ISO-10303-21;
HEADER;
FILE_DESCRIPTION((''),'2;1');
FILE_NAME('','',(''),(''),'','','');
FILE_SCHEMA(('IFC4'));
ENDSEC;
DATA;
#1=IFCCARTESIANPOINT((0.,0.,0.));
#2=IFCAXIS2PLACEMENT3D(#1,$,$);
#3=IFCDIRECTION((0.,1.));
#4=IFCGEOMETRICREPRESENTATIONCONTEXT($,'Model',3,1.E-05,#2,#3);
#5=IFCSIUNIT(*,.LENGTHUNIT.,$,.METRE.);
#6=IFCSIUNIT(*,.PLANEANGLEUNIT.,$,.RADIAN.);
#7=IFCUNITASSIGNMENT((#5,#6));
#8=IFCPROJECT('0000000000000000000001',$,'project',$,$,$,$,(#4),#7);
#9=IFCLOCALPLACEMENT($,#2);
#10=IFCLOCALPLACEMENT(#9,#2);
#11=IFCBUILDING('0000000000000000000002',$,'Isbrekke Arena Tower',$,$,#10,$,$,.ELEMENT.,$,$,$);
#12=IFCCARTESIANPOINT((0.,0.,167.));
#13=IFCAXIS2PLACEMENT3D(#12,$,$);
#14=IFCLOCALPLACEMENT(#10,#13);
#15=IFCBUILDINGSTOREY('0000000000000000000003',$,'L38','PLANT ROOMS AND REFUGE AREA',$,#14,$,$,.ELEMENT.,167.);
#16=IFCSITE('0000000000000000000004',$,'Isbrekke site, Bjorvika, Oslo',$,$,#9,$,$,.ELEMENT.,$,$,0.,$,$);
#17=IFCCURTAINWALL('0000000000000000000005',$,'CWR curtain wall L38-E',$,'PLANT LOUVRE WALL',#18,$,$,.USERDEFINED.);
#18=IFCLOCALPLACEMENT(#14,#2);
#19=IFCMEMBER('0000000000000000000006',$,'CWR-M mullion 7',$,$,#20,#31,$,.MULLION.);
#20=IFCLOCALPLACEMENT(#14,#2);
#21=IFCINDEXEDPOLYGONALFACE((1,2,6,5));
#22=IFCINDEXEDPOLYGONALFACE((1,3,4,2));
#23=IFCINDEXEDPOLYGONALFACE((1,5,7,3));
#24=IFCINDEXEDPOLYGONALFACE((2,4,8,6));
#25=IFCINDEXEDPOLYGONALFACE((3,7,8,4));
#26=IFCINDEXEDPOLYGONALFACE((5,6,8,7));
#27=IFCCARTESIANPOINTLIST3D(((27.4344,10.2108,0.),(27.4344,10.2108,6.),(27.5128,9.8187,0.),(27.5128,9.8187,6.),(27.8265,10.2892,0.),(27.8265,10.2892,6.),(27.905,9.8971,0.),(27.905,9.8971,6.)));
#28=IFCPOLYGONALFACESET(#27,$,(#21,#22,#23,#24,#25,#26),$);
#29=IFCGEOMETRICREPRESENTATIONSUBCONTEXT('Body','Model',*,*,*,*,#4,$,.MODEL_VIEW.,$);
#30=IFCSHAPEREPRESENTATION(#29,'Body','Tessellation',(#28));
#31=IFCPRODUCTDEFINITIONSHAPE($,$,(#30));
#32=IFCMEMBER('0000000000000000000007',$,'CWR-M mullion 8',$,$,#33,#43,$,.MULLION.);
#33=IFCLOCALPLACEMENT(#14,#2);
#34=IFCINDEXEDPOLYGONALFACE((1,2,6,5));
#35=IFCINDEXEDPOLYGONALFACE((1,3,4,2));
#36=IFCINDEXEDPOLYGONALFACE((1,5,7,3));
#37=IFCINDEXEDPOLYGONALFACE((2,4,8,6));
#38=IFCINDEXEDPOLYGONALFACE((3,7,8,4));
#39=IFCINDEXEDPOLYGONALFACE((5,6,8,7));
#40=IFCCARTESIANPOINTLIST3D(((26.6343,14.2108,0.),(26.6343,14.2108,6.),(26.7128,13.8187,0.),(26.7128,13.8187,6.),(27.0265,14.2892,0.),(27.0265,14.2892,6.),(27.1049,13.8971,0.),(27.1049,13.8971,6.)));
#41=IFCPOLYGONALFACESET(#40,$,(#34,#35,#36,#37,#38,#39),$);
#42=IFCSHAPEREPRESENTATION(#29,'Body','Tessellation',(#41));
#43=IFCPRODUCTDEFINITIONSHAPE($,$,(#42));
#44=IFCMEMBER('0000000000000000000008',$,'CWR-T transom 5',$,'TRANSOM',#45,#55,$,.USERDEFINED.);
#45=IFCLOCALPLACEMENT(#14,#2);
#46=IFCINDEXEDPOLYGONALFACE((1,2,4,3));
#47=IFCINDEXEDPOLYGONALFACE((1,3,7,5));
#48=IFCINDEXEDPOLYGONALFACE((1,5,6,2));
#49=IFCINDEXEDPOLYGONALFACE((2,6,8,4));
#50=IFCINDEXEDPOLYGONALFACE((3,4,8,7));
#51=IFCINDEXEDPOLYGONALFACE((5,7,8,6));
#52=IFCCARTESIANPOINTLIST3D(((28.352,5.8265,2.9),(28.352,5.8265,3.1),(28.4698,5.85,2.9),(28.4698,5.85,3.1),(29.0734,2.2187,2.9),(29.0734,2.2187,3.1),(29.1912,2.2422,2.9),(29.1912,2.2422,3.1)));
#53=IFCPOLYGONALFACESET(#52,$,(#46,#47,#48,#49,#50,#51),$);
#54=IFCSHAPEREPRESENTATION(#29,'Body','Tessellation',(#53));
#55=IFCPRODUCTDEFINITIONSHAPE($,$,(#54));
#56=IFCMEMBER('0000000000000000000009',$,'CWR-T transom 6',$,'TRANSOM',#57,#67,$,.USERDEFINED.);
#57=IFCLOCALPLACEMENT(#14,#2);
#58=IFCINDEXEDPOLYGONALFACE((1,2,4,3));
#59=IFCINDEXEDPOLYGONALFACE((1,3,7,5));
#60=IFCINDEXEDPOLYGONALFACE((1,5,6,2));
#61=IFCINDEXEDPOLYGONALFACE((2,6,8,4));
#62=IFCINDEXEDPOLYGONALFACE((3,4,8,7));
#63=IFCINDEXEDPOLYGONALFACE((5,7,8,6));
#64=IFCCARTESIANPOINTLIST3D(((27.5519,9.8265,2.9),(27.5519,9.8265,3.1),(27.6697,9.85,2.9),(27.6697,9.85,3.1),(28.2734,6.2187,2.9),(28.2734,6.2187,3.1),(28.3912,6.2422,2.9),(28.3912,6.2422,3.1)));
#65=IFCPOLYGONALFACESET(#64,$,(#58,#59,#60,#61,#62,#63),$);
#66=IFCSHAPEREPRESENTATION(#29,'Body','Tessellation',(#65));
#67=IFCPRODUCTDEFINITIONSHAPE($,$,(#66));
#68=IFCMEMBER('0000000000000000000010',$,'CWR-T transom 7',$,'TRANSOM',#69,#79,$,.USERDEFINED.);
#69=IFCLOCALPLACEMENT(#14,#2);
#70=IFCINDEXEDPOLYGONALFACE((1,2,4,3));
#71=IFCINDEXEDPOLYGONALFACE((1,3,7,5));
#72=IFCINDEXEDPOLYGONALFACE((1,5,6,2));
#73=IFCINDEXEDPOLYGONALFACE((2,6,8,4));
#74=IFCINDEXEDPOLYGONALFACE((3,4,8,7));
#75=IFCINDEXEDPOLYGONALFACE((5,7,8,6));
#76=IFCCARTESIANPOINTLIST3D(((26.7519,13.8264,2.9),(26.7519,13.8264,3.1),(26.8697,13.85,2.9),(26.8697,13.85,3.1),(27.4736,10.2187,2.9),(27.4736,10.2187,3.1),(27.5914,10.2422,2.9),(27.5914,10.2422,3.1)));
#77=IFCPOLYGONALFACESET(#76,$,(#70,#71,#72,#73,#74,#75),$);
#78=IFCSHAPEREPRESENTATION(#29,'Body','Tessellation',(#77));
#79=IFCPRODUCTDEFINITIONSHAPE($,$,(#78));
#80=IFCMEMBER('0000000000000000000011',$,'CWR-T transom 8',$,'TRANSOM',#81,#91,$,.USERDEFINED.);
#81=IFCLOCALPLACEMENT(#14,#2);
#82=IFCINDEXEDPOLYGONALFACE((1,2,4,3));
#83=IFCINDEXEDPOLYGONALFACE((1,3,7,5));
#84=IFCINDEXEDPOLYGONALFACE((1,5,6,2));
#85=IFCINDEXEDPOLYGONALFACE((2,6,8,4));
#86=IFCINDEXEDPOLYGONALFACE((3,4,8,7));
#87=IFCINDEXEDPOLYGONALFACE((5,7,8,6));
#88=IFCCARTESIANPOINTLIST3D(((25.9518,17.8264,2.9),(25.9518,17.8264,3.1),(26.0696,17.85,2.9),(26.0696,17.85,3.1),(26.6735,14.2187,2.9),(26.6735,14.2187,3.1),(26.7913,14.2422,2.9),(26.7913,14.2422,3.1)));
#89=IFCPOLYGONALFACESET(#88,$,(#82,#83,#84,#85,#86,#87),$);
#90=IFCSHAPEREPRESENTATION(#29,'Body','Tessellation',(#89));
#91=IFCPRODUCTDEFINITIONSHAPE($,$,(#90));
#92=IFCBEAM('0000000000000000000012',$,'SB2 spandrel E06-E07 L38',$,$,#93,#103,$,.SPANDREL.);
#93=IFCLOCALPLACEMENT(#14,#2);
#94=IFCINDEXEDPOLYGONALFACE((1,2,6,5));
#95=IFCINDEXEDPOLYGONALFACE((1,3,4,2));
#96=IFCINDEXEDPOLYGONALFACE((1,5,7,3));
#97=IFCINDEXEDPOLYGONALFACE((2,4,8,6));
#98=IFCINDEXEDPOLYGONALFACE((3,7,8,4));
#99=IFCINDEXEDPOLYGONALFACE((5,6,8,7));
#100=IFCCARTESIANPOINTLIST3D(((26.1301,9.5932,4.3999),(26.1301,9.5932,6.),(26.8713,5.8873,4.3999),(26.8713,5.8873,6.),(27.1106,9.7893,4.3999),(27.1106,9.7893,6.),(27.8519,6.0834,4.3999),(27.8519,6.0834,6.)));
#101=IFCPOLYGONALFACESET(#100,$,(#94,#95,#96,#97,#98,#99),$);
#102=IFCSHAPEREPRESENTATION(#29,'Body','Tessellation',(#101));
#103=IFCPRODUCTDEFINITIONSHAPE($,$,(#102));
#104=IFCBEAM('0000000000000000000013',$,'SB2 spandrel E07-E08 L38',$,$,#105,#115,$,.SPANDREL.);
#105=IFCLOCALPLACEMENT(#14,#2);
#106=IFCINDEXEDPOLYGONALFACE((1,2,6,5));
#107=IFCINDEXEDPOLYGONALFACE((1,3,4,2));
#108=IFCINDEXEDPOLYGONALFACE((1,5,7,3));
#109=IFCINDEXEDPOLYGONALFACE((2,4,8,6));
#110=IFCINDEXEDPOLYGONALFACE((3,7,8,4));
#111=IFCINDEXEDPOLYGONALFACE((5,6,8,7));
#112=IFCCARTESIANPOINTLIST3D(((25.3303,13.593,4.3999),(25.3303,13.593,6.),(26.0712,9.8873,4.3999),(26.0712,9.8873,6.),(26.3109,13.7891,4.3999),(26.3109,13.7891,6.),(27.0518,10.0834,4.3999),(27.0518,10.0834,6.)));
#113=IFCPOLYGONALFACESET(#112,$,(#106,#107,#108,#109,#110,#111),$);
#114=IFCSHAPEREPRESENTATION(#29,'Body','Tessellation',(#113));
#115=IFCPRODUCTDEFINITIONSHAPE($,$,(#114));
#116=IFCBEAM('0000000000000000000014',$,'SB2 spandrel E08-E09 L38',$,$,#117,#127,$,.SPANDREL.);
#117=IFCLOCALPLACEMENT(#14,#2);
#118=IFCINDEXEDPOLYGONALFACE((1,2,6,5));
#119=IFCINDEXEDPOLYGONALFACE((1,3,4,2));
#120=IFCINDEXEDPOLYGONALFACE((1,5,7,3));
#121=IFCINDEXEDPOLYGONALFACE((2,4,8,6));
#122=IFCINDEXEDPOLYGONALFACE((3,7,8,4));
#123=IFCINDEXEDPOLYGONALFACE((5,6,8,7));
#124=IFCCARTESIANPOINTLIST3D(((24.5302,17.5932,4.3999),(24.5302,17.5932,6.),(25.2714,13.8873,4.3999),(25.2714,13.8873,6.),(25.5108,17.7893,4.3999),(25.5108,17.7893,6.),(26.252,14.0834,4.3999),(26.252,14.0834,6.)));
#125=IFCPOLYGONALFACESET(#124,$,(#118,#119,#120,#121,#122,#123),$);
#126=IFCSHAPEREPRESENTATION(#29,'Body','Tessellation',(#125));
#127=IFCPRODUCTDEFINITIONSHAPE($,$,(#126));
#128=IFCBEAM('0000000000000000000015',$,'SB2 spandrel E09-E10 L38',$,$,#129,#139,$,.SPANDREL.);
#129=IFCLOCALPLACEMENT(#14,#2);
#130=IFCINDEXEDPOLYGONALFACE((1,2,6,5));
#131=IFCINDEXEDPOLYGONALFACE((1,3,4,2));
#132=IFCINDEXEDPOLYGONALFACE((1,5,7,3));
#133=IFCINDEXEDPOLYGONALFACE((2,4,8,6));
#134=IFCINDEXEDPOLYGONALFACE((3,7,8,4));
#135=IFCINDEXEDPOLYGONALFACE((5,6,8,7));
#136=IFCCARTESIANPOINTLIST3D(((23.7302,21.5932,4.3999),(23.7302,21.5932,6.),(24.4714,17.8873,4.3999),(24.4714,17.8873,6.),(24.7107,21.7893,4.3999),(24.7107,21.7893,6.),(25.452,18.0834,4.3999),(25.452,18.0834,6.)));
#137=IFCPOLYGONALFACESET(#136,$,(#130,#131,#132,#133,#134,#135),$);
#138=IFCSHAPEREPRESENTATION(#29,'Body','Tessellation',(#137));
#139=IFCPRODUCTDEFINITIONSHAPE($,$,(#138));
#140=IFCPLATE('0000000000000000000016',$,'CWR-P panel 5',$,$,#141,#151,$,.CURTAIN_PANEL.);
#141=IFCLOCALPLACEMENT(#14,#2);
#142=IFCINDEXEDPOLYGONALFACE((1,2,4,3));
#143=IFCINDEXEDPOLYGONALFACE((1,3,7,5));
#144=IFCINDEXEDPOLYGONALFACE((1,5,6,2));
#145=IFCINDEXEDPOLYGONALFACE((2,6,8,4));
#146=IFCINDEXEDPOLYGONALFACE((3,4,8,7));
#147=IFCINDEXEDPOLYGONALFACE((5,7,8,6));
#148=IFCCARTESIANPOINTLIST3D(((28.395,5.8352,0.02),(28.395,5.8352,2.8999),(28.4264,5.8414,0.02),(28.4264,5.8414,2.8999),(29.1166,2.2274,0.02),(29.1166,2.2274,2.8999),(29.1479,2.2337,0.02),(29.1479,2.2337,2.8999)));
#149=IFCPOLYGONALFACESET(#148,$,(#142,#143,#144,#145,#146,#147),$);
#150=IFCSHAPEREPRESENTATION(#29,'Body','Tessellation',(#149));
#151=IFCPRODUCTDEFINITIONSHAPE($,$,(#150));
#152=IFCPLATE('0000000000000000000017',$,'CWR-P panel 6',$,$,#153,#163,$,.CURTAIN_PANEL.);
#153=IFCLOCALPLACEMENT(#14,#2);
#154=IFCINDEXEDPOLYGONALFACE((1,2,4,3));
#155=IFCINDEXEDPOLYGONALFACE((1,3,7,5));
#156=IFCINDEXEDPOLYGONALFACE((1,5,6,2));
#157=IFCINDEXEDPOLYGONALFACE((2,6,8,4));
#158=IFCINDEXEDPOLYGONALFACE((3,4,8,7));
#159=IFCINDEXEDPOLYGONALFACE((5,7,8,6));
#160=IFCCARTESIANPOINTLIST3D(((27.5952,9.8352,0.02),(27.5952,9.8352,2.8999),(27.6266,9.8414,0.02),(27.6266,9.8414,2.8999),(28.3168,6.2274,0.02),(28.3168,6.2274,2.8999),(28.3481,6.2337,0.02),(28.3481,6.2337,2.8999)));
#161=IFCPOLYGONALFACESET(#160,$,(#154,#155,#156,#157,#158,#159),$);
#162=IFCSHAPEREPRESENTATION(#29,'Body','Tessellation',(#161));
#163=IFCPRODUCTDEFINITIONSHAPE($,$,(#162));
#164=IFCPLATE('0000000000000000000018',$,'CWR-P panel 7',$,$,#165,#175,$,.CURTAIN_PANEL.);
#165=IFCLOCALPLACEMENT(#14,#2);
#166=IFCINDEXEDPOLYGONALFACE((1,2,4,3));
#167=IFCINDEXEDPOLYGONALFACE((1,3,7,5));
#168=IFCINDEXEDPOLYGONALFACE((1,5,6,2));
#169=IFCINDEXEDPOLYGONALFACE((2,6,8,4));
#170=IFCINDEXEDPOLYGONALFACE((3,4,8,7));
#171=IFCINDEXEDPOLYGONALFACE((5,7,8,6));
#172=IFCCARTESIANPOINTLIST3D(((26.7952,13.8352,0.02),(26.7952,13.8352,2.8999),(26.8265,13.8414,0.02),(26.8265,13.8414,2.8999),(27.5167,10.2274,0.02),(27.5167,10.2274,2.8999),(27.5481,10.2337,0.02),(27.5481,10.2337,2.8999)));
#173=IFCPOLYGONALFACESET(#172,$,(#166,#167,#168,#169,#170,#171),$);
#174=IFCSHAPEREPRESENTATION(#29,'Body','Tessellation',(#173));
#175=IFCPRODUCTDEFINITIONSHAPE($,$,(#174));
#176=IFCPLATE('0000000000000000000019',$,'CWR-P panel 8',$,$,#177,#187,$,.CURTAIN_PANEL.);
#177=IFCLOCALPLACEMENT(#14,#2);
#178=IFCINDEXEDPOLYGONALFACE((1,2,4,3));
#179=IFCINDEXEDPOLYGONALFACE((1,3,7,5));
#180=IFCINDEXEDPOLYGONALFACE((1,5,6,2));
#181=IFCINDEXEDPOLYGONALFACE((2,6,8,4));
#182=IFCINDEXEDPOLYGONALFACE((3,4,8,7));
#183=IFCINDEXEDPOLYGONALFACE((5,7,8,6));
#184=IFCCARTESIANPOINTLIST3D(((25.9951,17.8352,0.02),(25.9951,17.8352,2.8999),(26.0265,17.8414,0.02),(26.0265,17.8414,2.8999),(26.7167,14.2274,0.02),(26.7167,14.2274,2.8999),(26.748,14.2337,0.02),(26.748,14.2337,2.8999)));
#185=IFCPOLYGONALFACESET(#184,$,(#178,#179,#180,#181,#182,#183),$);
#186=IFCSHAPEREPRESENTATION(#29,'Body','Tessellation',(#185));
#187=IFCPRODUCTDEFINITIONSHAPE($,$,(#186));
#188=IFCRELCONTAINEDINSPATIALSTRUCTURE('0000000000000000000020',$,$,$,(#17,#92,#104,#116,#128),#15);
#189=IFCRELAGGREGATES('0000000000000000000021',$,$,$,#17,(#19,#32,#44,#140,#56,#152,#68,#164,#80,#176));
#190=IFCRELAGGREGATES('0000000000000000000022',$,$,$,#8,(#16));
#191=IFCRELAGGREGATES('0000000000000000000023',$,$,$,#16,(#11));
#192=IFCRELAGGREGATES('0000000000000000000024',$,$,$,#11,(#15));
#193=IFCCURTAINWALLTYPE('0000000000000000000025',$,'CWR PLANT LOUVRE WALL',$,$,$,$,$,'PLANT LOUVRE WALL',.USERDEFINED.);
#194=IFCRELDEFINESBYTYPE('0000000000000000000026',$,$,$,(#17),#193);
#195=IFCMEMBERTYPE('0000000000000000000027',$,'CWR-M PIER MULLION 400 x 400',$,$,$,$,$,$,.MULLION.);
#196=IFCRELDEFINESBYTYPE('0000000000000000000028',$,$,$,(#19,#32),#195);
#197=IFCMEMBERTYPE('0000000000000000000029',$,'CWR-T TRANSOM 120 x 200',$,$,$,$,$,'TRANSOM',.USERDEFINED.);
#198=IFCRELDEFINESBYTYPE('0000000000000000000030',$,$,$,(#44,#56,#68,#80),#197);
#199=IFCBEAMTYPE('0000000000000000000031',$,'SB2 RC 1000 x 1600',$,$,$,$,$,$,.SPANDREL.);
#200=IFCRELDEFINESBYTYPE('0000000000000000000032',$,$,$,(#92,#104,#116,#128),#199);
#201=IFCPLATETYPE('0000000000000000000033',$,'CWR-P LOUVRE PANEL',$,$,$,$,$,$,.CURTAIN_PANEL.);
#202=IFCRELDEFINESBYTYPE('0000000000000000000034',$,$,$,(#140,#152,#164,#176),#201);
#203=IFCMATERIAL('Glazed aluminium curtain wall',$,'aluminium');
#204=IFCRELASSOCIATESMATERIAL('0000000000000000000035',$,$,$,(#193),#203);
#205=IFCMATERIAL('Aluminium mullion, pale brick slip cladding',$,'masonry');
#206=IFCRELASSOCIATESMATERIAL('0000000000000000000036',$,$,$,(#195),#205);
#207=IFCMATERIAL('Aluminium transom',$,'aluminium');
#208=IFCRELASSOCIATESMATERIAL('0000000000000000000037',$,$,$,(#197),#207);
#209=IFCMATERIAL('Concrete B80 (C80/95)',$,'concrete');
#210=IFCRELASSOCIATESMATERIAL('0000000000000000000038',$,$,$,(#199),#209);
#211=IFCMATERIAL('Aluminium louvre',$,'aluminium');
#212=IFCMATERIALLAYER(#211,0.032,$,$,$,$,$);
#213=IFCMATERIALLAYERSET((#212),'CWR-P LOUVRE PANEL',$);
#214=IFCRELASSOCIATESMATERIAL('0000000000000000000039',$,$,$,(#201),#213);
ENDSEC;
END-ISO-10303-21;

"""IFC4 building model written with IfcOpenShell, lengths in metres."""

from ifc_helpers import new_model, si_unit, direction, frame, origin, origin_2d, place, context, subcontext, project, spatial, rectangle, extrude, material, layer, layer_set, material_profile, profile_set, type_object, element, aggregate, save


model = new_model("IFC4")

# Units and contexts
model_context = context("Model", 3, precision=1e-05, world=origin(), true_north=direction((0.0, 1.0)))
body_context = subcontext(model_context, "Body", "Model", "MODEL_VIEW")
ifc_project = project(units=[si_unit("LENGTHUNIT", "METRE"), si_unit("PLANEANGLEUNIT", "RADIAN")], contexts=[model_context])

# Site, building, storey
site_placement = place(None, origin())
site = spatial("IfcSite", under=ifc_project, at=site_placement, Name="Isbrekke site, Bjorvika, Oslo", CompositionType="ELEMENT", RefElevation=0.0)
building_placement = place(site_placement, origin())
building = spatial("IfcBuilding", under=site, at=building_placement, Name="Isbrekke Arena Tower", CompositionType="ELEMENT")
storey_placement = place(building_placement, frame((0.0, 0.0, 167.0)))
storey = spatial("IfcBuildingStorey", under=building, at=storey_placement, Name="L38", Description="PLANT ROOMS AND REFUGE AREA", CompositionType="ELEMENT", Elevation=167.0)

# Curtain wall, members
ifc_material_1 = material(Name="Glazed aluminium curtain wall", Category="aluminium")
curtain_wall_type = type_object("IfcCurtainWallType", Name="CWR PLANT LOUVRE WALL", ElementType="PLANT LOUVRE WALL", PredefinedType="USERDEFINED", material=ifc_material_1)
curtain_wall_placement = place(storey_placement, origin())
curtain_wall = element("IfcCurtainWall", 1, at=curtain_wall_placement, inside=storey, type_object=curtain_wall_type, Name="CWR curtain wall L38-E", ObjectType="PLANT LOUVRE WALL", PredefinedType="USERDEFINED")
ifc_material_2 = material(Name="Aluminium mullion, pale brick slip cladding", Category="masonry")
ifc_material_profile_1 = material_profile(ifc_material_2, rectangle(XDim=0.3999, YDim=0.3999, at=origin_2d()), Name="PIER 400X400")
ifc_profile_set_1 = profile_set([ifc_material_profile_1], Name="Aluminium mullion, pale brick slip cladding")
member_type_1 = type_object("IfcMemberType", Name="CWR-M PIER MULLION 400 x 400", PredefinedType="MULLION", material=ifc_profile_set_1)
member_1_placement = place(storey_placement, frame((27.6697, 10.054, 0.0), z_axis=(0.0, 0.0, 1.0), x_axis=(-0.196116, 0.980581, 0.0)))
member_1 = element("IfcMember", 2, at=member_1_placement, type_object=member_type_1, Name="CWR-M mullion 7", PredefinedType="MULLION", context=body_context, shape_type="SweptSolid", body=[
    extrude(rectangle(XDim=0.3999, YDim=0.3999, at=origin_2d()), origin(), (0.0, 0.0, 1.0), 6.0),
])
member_2_placement = place(storey_placement, frame((26.8696, 14.054, 0.0), z_axis=(0.0, 0.0, 1.0), x_axis=(-0.196116, 0.980581, 0.0)))
member_2 = element("IfcMember", 3, at=member_2_placement, type_object=member_type_1, Name="CWR-M mullion 8", PredefinedType="MULLION", context=body_context, shape_type="SweptSolid", body=[
    extrude(rectangle(XDim=0.3999, YDim=0.3999, at=origin_2d()), origin(), (0.0, 0.0, 1.0), 6.0),
])
ifc_material_3 = material(Name="Aluminium transom", Category="aluminium")
ifc_material_profile_2 = material_profile(ifc_material_3, rectangle(XDim=0.1201, YDim=0.2, at=origin_2d()), Name="TRANSOM 120X200")
ifc_profile_set_2 = profile_set([ifc_material_profile_2], Name="Aluminium transom")
member_type_2 = type_object("IfcMemberType", Name="CWR-T TRANSOM 120 x 200", ElementType="TRANSOM", PredefinedType="USERDEFINED", material=ifc_profile_set_2)
member_3_placement = place(storey_placement, frame((29.1323, 2.2305, 3.0), z_axis=(-0.196091, 0.980586, 0.0), x_axis=(-0.980586, -0.196091, 0.0)))
member_3 = element("IfcMember", 4, at=member_3_placement, type_object=member_type_2, Name="CWR-T transom 5", ObjectType="TRANSOM", PredefinedType="USERDEFINED", context=body_context, shape_type="SweptSolid", body=[
    extrude(rectangle(XDim=0.1201, YDim=0.2, at=origin_2d()), origin(), (0.0, 0.0, 1.0), 3.6792),
])
member_4_placement = place(storey_placement, frame((28.3323, 6.2305, 3.0), z_axis=(-0.196091, 0.980586, 0.0), x_axis=(-0.980586, -0.196091, 0.0)))
member_4 = element("IfcMember", 5, at=member_4_placement, type_object=member_type_2, Name="CWR-T transom 6", ObjectType="TRANSOM", PredefinedType="USERDEFINED", context=body_context, shape_type="SweptSolid", body=[
    extrude(rectangle(XDim=0.1201, YDim=0.2, at=origin_2d()), origin(), (0.0, 0.0, 1.0), 3.6792),
])
member_5_placement = place(storey_placement, frame((27.5325, 10.2305, 3.0), z_axis=(-0.196154, 0.980573, 0.0), x_axis=(-0.980573, -0.196154, 0.0)))
member_5 = element("IfcMember", 6, at=member_5_placement, type_object=member_type_2, Name="CWR-T transom 7", ObjectType="TRANSOM", PredefinedType="USERDEFINED", context=body_context, shape_type="SweptSolid", body=[
    extrude(rectangle(XDim=0.1201, YDim=0.2, at=origin_2d()), origin(), (0.0, 0.0, 1.0), 3.6792),
])
member_6_placement = place(storey_placement, frame((26.7324, 14.2305, 3.0), z_axis=(-0.196154, 0.980573, 0.0), x_axis=(-0.980573, -0.196154, 0.0)))
member_6 = element("IfcMember", 7, at=member_6_placement, type_object=member_type_2, Name="CWR-T transom 8", ObjectType="TRANSOM", PredefinedType="USERDEFINED", context=body_context, shape_type="SweptSolid", body=[
    extrude(rectangle(XDim=0.1201, YDim=0.2, at=origin_2d()), origin(), (0.0, 0.0, 1.0), 3.6792),
])

# Beams
ifc_material_4 = material(Name="Concrete B80 (C80/95)", Category="concrete")
ifc_material_profile_3 = material_profile(ifc_material_4, rectangle(XDim=1.0, YDim=1.6001, at=origin_2d()), Name="RC 1000x1600")
ifc_profile_set_3 = profile_set([ifc_material_profile_3], Name="Concrete B80 (C80/95)")
beam_type_1 = type_object("IfcBeamType", Name="SB2 RC 1000 x 1600", PredefinedType="SPANDREL", material=ifc_profile_set_3)
beam_1_placement = place(storey_placement, frame((27.3616, 5.9854, 5.2), z_axis=(-0.196129, 0.980578, 0.0), x_axis=(-0.980578, -0.196129, 0.0)))
element("IfcBeam", 8, at=beam_1_placement, inside=storey, type_object=beam_type_1, Name="SB2 spandrel E06-E07 L38", PredefinedType="SPANDREL", context=body_context, shape_type="SweptSolid", body=[
    extrude(rectangle(XDim=1.0, YDim=1.6001, at=origin_2d()), origin(), (0.0, 0.0, 1.0), 3.7793),
])
beam_2_placement = place(storey_placement, frame((26.5615, 9.9854, 5.2), z_axis=(-0.196066, 0.980591, 0.0), x_axis=(-0.980591, -0.196066, 0.0)))
element("IfcBeam", 9, at=beam_2_placement, inside=storey, type_object=beam_type_1, Name="SB2 spandrel E07-E08 L38", PredefinedType="SPANDREL", context=body_context, shape_type="SweptSolid", body=[
    extrude(rectangle(XDim=1.0, YDim=1.6001, at=origin_2d()), origin(), (0.0, 0.0, 1.0), 3.7791),
])
for number, where, z_axis, x_axis, name in (
    (10, (25.7617, 13.9854, 5.2), (-0.196129, 0.980578, 0.0), (-0.980578, -0.196129, 0.0), "SB2 spandrel E08-E09 L38"),
    (11, (24.9617, 17.9854, 5.2), (-0.196129, 0.980578, 0.0), (-0.980578, -0.196129, 0.0), "SB2 spandrel E09-E10 L38"),
):
    element("IfcBeam", number, at=place(storey_placement, frame(where, z_axis=z_axis, x_axis=x_axis)), inside=storey, type_object=beam_type_1, Name=name, PredefinedType="SPANDREL", context=body_context, shape_type="SweptSolid", body=[
        extrude(rectangle(XDim=1.0, YDim=1.6001, at=origin_2d()), origin(), (0.0, 0.0, 1.0), 3.7793),
    ])

# Plates
ifc_material_5 = material(Name="Aluminium louvre", Category="aluminium")
ifc_layer_1 = layer(ifc_material_5, 0.032)
ifc_layer_set_1 = layer_set([ifc_layer_1], Name="CWR-P LOUVRE PANEL")
plate_type = type_object("IfcPlateType", Name="CWR-P LOUVRE PANEL", PredefinedType="CURTAIN_PANEL", material=ifc_layer_set_1)
plate_1_placement = place(storey_placement, frame((28.7715, 4.0344, 0.02), z_axis=(0.0, 0.0, 1.0), x_axis=(-0.196116, 0.980581, 0.0)))
plate_1 = element("IfcPlate", 12, at=plate_1_placement, type_object=plate_type, Name="CWR-P panel 5", PredefinedType="CURTAIN_PANEL", context=body_context, shape_type="SweptSolid", body=[
    extrude(rectangle(XDim=3.6792, YDim=0.032, at=origin_2d()), origin(), (0.0, 0.0, 1.0), 2.8799),
])
plate_2_placement = place(storey_placement, frame((27.9717, 8.0344, 0.02), z_axis=(0.0, 0.0, 1.0), x_axis=(-0.196116, 0.980581, 0.0)))
plate_2 = element("IfcPlate", 13, at=plate_2_placement, type_object=plate_type, Name="CWR-P panel 6", PredefinedType="CURTAIN_PANEL", context=body_context, shape_type="SweptSolid", body=[
    extrude(rectangle(XDim=3.6792, YDim=0.032, at=origin_2d()), origin(), (0.0, 0.0, 1.0), 2.8799),
])
plate_3_placement = place(storey_placement, frame((27.1716, 12.0344, 0.02), z_axis=(0.0, 0.0, 1.0), x_axis=(-0.196116, 0.980581, 0.0)))
plate_3 = element("IfcPlate", 14, at=plate_3_placement, type_object=plate_type, Name="CWR-P panel 7", PredefinedType="CURTAIN_PANEL", context=body_context, shape_type="SweptSolid", body=[
    extrude(rectangle(XDim=3.6792, YDim=0.032, at=origin_2d()), origin(), (0.0, 0.0, 1.0), 2.8799),
])
plate_4_placement = place(storey_placement, frame((26.3716, 16.0344, 0.02), z_axis=(0.0, 0.0, 1.0), x_axis=(-0.196116, 0.980581, 0.0)))
plate_4 = element("IfcPlate", 15, at=plate_4_placement, type_object=plate_type, Name="CWR-P panel 8", PredefinedType="CURTAIN_PANEL", context=body_context, shape_type="SweptSolid", body=[
    extrude(rectangle(XDim=3.6792, YDim=0.032, at=origin_2d()), origin(), (0.0, 0.0, 1.0), 2.8799),
])
aggregate(curtain_wall, [member_1, member_2, member_3, plate_1, member_4, plate_2, member_5, plate_3, member_6, plate_4])

save(model, "model.ifc")
